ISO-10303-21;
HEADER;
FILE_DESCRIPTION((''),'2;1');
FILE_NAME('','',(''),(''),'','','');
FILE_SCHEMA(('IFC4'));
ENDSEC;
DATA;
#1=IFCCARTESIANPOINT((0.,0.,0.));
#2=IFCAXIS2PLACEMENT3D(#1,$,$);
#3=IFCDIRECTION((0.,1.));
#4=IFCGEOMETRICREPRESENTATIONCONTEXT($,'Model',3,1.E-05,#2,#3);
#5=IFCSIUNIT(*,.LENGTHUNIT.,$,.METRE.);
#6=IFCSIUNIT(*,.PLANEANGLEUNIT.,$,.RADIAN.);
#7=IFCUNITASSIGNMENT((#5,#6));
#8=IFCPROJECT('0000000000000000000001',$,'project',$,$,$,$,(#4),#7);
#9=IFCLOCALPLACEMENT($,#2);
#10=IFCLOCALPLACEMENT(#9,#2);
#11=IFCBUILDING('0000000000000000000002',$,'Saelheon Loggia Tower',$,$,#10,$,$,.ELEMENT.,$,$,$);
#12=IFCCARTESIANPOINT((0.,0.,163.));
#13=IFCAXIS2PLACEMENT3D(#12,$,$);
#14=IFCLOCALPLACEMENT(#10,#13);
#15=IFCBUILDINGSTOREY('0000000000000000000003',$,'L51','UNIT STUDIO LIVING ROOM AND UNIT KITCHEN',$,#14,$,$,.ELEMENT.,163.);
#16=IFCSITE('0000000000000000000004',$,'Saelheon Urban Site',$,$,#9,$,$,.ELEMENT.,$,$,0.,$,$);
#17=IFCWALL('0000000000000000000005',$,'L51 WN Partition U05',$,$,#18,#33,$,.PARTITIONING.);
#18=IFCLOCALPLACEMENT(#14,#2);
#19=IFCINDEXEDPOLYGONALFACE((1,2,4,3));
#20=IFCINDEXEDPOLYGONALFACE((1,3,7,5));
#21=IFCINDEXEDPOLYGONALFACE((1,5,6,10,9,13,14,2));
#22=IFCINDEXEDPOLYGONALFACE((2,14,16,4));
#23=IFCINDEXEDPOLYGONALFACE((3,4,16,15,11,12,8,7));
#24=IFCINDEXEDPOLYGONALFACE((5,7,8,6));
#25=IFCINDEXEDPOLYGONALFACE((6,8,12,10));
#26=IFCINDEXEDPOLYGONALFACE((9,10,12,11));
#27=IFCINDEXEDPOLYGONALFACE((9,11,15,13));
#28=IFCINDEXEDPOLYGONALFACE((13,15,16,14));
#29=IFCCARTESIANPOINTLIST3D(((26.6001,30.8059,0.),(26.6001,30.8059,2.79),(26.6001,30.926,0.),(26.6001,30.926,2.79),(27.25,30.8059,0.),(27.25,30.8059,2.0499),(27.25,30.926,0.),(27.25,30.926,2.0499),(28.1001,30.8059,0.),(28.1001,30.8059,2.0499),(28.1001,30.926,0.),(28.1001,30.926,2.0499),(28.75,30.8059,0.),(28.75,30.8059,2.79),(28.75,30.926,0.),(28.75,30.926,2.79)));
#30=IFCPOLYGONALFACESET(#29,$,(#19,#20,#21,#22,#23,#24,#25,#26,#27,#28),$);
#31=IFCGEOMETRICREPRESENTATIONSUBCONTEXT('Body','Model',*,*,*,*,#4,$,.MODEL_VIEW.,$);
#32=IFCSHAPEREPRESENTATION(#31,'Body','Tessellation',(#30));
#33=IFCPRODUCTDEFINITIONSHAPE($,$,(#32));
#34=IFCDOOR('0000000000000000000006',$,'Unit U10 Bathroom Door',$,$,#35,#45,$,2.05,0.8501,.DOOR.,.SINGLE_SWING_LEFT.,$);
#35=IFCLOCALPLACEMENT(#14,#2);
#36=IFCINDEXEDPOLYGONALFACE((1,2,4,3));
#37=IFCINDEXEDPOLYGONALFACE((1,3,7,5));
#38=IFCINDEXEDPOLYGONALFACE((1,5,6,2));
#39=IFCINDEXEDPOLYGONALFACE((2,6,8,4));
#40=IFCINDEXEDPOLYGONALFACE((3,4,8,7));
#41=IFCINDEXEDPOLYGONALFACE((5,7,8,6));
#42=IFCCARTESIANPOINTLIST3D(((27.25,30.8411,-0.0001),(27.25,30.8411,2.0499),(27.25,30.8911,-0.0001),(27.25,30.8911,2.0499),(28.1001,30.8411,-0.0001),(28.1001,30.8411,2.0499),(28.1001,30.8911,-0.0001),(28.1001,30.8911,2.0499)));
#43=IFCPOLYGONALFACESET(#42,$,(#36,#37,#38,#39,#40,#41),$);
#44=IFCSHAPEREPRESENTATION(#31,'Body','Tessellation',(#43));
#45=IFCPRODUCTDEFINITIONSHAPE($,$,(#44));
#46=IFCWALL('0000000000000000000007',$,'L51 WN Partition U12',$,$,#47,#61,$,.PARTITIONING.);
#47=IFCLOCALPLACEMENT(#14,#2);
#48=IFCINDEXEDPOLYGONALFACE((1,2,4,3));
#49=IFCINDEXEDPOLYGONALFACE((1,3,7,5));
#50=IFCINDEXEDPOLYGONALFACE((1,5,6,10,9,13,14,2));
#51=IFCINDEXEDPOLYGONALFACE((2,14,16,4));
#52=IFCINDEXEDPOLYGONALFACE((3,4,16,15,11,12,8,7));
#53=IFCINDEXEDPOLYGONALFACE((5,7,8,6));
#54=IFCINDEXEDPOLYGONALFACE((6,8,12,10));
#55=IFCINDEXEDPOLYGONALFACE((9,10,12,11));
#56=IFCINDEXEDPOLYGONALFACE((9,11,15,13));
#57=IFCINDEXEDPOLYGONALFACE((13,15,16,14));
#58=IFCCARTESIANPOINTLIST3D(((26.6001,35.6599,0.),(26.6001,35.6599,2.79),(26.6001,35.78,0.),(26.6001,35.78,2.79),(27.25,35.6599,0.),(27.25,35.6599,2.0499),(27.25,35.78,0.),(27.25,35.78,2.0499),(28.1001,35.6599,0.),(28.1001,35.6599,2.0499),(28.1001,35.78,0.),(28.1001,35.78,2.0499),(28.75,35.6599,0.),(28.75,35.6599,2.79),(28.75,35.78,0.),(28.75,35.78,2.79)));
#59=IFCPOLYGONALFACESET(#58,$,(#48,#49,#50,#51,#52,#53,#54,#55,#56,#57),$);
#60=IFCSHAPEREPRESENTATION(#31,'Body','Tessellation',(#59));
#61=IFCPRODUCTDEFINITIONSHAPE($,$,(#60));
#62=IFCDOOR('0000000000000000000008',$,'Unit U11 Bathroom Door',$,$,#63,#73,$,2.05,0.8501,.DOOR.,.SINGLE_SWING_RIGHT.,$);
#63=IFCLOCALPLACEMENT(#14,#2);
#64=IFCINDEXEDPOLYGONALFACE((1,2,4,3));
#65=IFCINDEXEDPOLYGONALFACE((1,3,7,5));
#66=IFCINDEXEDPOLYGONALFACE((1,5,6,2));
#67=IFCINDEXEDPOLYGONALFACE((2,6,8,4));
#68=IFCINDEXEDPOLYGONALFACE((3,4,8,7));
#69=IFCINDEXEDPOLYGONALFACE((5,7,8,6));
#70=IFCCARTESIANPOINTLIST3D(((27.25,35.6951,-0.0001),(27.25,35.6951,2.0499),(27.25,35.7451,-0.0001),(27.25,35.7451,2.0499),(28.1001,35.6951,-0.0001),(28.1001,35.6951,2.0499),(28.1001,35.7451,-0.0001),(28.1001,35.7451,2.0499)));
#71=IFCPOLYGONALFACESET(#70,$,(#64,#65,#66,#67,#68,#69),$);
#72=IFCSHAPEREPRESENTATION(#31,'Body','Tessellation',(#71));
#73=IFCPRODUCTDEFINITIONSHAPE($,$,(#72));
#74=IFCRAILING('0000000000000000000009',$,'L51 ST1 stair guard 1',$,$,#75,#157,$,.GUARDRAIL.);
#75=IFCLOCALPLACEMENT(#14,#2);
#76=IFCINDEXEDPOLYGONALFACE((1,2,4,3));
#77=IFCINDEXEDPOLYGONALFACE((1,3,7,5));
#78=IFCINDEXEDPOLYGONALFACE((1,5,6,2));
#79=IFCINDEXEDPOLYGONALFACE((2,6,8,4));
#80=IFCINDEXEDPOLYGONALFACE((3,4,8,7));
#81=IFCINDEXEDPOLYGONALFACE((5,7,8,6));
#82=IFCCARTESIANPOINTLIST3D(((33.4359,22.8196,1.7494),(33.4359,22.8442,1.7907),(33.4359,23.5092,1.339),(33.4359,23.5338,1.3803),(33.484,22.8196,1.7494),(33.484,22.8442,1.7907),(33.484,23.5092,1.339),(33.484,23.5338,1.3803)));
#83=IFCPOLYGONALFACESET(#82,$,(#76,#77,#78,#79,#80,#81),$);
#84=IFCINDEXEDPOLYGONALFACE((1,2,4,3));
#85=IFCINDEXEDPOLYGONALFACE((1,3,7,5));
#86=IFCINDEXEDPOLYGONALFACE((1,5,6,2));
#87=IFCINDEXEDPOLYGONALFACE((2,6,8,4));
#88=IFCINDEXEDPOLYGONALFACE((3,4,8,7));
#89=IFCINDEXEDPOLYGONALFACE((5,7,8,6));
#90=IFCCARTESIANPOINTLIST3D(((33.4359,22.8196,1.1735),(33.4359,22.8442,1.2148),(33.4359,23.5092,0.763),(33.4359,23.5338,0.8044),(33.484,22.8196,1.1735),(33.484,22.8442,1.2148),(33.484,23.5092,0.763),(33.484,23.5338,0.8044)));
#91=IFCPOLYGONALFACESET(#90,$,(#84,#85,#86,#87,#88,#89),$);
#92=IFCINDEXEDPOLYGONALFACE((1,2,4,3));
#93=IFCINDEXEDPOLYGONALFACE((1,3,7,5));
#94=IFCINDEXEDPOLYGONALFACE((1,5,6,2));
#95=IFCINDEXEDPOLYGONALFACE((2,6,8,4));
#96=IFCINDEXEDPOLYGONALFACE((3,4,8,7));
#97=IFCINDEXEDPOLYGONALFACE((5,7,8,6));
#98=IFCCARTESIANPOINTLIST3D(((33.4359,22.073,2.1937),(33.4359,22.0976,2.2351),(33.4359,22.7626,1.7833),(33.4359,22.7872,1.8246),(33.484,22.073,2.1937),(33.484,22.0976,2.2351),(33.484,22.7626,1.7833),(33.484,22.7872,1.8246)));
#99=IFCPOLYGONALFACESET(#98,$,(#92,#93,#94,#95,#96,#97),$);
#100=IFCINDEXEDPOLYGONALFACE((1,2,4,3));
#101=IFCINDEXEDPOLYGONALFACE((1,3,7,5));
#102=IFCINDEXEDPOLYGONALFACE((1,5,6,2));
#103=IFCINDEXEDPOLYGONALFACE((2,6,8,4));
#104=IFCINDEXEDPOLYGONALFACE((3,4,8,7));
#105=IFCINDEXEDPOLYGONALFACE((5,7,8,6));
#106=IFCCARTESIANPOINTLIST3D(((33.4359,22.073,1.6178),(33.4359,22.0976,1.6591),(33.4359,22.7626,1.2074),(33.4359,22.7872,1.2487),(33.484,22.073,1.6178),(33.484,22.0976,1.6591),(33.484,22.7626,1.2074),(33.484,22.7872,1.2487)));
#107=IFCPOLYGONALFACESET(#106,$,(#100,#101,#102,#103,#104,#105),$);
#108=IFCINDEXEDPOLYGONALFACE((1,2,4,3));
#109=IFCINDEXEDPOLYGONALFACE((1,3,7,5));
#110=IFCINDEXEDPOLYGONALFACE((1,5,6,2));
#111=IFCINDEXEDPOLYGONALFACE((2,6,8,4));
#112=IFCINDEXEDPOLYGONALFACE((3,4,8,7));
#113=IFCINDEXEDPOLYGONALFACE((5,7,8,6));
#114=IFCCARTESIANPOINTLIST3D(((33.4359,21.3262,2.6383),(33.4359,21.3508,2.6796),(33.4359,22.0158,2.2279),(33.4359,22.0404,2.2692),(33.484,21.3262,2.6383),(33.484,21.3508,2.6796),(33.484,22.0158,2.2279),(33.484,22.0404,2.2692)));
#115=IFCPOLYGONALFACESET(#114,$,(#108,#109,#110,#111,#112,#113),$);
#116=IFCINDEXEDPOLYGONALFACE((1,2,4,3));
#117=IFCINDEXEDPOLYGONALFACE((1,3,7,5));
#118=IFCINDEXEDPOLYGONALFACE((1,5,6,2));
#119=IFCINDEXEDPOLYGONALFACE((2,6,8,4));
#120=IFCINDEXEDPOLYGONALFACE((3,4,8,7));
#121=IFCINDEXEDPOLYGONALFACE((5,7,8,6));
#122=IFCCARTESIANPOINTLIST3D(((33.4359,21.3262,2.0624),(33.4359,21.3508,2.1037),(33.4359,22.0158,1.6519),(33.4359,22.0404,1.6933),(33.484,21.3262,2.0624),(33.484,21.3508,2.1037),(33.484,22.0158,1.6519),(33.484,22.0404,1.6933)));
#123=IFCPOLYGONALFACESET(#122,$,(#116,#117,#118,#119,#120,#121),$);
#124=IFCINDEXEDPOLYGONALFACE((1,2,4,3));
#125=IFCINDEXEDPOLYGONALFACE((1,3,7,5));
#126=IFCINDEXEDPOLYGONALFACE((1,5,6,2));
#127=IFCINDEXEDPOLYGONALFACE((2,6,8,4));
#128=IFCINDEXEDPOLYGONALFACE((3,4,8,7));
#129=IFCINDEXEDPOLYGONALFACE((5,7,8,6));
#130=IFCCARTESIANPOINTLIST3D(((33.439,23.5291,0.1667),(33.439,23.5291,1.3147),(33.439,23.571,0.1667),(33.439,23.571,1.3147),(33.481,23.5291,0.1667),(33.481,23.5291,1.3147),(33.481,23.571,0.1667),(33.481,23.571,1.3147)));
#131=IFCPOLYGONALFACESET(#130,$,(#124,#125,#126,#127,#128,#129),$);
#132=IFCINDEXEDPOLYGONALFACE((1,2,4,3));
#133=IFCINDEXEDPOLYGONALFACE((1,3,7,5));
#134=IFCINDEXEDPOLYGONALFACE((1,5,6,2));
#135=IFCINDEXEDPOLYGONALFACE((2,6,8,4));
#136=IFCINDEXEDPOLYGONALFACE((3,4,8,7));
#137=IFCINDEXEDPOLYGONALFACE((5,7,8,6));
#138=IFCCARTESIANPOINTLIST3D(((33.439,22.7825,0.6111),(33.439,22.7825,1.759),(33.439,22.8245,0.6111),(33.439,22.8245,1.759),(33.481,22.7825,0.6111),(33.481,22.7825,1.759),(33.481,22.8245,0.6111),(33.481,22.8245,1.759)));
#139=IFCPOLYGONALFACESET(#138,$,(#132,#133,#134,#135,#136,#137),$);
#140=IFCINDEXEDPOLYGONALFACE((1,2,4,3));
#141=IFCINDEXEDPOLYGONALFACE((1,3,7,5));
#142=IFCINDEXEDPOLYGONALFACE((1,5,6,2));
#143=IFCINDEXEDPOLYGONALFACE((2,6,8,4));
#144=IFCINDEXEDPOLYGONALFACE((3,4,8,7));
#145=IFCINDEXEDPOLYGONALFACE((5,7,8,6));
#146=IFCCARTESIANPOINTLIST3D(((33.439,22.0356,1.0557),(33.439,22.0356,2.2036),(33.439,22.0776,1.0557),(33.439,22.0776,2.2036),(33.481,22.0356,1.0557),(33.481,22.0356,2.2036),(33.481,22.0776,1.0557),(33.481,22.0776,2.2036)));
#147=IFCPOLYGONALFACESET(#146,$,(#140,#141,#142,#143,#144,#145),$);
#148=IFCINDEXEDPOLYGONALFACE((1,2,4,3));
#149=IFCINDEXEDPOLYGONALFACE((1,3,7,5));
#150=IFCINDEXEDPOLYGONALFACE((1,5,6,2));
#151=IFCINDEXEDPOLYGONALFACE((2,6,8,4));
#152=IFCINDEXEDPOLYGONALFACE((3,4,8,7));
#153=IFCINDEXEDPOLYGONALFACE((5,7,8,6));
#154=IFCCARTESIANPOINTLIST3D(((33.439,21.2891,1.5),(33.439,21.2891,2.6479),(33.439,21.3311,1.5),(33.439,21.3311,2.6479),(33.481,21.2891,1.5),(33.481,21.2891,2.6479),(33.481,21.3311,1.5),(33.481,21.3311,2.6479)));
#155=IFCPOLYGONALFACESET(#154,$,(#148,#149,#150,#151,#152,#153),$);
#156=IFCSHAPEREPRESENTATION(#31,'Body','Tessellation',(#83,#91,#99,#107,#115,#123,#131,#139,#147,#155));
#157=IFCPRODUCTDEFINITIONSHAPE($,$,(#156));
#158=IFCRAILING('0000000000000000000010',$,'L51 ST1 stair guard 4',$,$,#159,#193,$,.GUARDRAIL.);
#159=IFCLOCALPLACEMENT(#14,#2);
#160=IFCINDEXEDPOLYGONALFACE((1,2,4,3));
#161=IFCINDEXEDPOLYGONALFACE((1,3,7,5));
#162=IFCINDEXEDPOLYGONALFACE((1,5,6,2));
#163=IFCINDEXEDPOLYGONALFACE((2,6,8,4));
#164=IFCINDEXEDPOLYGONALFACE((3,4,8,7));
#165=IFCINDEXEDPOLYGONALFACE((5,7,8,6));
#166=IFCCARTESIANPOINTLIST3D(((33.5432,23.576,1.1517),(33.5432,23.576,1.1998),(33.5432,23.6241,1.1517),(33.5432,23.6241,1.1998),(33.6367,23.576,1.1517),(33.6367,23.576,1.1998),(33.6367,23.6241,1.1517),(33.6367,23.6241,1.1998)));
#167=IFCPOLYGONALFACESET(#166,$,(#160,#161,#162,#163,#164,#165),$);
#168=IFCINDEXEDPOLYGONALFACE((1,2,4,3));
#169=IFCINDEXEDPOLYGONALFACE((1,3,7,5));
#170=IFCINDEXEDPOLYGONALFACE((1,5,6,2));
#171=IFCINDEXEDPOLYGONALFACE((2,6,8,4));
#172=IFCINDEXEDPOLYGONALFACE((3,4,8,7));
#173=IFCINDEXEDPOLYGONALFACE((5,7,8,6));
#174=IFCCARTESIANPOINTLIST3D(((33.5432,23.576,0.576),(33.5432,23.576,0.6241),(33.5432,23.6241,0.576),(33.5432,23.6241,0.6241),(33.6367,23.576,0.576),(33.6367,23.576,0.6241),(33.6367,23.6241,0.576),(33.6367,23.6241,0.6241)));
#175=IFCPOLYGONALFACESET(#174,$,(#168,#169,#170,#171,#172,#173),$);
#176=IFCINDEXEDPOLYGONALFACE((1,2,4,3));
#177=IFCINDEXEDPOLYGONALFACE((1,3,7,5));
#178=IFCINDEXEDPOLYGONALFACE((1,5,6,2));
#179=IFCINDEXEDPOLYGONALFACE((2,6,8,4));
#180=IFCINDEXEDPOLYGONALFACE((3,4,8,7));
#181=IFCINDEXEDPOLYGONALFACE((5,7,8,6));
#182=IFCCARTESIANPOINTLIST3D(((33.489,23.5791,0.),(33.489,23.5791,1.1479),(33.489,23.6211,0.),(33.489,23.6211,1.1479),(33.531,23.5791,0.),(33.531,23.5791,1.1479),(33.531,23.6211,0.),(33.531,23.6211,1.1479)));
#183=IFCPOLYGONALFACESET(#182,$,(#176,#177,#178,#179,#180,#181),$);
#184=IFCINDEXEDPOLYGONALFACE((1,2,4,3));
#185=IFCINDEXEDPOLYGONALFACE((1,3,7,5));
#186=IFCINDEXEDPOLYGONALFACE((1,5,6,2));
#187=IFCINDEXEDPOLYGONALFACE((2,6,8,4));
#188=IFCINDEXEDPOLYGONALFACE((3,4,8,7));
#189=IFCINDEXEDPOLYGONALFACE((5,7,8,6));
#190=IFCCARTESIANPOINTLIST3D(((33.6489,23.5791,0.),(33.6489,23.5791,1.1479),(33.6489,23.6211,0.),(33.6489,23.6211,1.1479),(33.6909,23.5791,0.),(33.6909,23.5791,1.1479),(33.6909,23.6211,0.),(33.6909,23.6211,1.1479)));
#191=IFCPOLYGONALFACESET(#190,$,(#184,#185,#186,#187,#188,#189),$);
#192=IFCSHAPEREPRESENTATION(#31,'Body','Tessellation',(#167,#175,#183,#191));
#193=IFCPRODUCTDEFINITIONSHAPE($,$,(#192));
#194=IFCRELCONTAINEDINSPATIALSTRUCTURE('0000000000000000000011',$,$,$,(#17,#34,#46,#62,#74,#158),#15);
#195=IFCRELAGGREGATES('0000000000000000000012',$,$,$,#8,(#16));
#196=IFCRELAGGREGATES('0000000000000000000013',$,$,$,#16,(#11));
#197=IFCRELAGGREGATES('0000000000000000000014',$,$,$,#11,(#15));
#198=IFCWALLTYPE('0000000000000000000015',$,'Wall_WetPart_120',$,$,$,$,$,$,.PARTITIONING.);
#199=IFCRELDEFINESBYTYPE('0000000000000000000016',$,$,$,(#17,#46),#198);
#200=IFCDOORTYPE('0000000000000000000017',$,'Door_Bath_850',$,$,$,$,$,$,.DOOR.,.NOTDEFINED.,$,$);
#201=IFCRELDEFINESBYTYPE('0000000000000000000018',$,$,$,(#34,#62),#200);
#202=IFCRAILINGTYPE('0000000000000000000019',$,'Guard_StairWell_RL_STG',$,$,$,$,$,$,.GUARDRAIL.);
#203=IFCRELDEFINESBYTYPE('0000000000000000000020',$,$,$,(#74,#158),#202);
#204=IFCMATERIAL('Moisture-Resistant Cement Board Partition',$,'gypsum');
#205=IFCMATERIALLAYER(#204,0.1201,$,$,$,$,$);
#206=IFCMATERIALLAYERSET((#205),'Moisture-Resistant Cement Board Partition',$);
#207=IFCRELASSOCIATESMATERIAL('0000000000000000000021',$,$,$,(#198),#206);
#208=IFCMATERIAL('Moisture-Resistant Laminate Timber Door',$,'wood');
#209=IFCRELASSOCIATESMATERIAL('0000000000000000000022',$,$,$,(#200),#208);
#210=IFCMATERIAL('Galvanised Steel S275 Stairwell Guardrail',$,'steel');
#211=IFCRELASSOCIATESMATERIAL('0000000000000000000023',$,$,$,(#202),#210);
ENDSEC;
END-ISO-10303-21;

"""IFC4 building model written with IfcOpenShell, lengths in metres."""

from ifc_helpers import new_model, si_unit, direction, frame, frame_2d, origin, origin_2d, place, context, subcontext, project, spatial, rectangle, extrude, source, transform, mapped, material, layer, layer_set, type_object, element, fill, save


model = new_model("IFC4")

# Units and contexts
model_context = context("Model", 3, precision=1e-05, world=origin(), true_north=direction((0.0, 1.0)))
body_context = subcontext(model_context, "Body", "Model", "MODEL_VIEW")
ifc_project = project(units=[si_unit("LENGTHUNIT", "METRE"), si_unit("PLANEANGLEUNIT", "RADIAN")], contexts=[model_context])

# Site, building, storey
site_placement = place(None, origin())
site = spatial("IfcSite", under=ifc_project, at=site_placement, Name="Saelheon Urban Site", CompositionType="ELEMENT", RefElevation=0.0)
building_placement = place(site_placement, origin())
building = spatial("IfcBuilding", under=site, at=building_placement, Name="Saelheon Loggia Tower", CompositionType="ELEMENT")
storey_placement = place(building_placement, frame((0.0, 0.0, 163.0)))
storey = spatial("IfcBuildingStorey", under=building, at=storey_placement, Name="L51", Description="UNIT STUDIO LIVING ROOM AND UNIT KITCHEN", CompositionType="ELEMENT", Elevation=163.0)

# Walls, openings, doors
ifc_material_1 = material(Name="Moisture-Resistant Cement Board Partition", Category="gypsum")
ifc_layer_1 = layer(ifc_material_1, 0.1201)
ifc_layer_set_1 = layer_set([ifc_layer_1], Name="Moisture-Resistant Cement Board Partition")
wall_type_1 = type_object("IfcWallType", Name="Wall_WetPart_120", PredefinedType="PARTITIONING", material=ifc_layer_set_1)
wall_1_placement = place(storey_placement, frame((28.75, 30.866, 0.0), z_axis=(0.0, 0.0, 1.0), x_axis=(-1.0, 0.0, 0.0)))
wall_1 = element("IfcWall", 1, at=wall_1_placement, inside=storey, type_object=wall_type_1, Name="L51 WN Partition U05", PredefinedType="PARTITIONING", context=body_context, shape_type="SweptSolid", body=[
    extrude(rectangle(XDim=2.1499, YDim=0.1201, at=frame_2d((1.075, 0.0))), origin(), (0.0, 0.0, 1.0), 2.79),
])
opening_1_placement = place(wall_1_placement, frame((0.6499, 0.0, 0.0)))
opening_1 = element("IfcOpeningElement", 2, at=opening_1_placement, cuts=wall_1, PredefinedType="OPENING", context=body_context, shape_type="SweptSolid", body=[
    extrude(rectangle(XDim=0.8501, YDim=2.05, at=frame_2d((0.425, 1.0249))), frame((0.0, 0.072, 0.0), z_axis=(0.0, -1.0, 0.0), x_axis=(1.0, 0.0, 0.0)), (0.0, 0.0, 1.0), 0.144),
])
ifc_material_2 = material(Name="Moisture-Resistant Laminate Timber Door", Category="wood")
door_type_1 = type_object("IfcDoorType", Name="Door_Bath_850", OperationType="NOTDEFINED", PredefinedType="DOOR", material=ifc_material_2)
shared_shape_1 = source(origin(), body_context, "Body", "SweptSolid", [
    extrude(rectangle(XDim=0.8501, YDim=2.05, at=frame_2d((0.425, 1.0249))), frame((0.0, 0.0249, 0.0), z_axis=(0.0, -1.0, 0.0), x_axis=(1.0, 0.0, 0.0)), (0.0, 0.0, 1.0), 0.05),
])
door_1_placement = place(opening_1_placement, origin())
door_1 = element("IfcDoor", 3, at=door_1_placement, inside=storey, type_object=door_type_1, Name="Unit U10 Bathroom Door", OperationType="SINGLE_SWING_LEFT", OverallHeight=2.05, OverallWidth=0.8501, PredefinedType="DOOR", context=body_context, shape_type="MappedRepresentation", body=[
    mapped(shared_shape_1, transform((0.0, 0.0, 0.0), scale=1.0)),
])
fill(opening_1, door_1)
wall_2_placement = place(storey_placement, frame((28.75, 35.72, 0.0), z_axis=(0.0, 0.0, 1.0), x_axis=(-1.0, 0.0, 0.0)))
wall_2 = element("IfcWall", 4, at=wall_2_placement, inside=storey, type_object=wall_type_1, Name="L51 WN Partition U12", PredefinedType="PARTITIONING", context=body_context, shape_type="SweptSolid", body=[
    extrude(rectangle(XDim=2.1499, YDim=0.1201, at=frame_2d((1.075, 0.0))), origin(), (0.0, 0.0, 1.0), 2.79),
])
opening_2_placement = place(wall_2_placement, frame((0.6499, 0.0, 0.0)))
opening_2 = element("IfcOpeningElement", 5, at=opening_2_placement, cuts=wall_2, PredefinedType="OPENING", context=body_context, shape_type="SweptSolid", body=[
    extrude(rectangle(XDim=0.8501, YDim=2.05, at=frame_2d((0.425, 1.0249))), frame((0.0, 0.072, 0.0), z_axis=(0.0, -1.0, 0.0), x_axis=(1.0, 0.0, 0.0)), (0.0, 0.0, 1.0), 0.144),
])
door_2_placement = place(opening_2_placement, origin())
door_2 = element("IfcDoor", 6, at=door_2_placement, inside=storey, type_object=door_type_1, Name="Unit U11 Bathroom Door", OperationType="SINGLE_SWING_RIGHT", OverallHeight=2.05, OverallWidth=0.8501, PredefinedType="DOOR", context=body_context, shape_type="MappedRepresentation", body=[
    mapped(shared_shape_1, transform((0.0, 0.0, 0.0), scale=1.0)),
])
fill(opening_2, door_2)

# Railings
ifc_material_3 = material(Name="Galvanised Steel S275 Stairwell Guardrail", Category="steel")
railing_type_1 = type_object("IfcRailingType", Name="Guard_StairWell_RL_STG", PredefinedType="GUARDRAIL", material=ifc_material_3)
railing_1_placement = place(storey_placement, frame((33.46, 23.55, 0.1667)))
element("IfcRailing", 7, at=railing_1_placement, inside=storey, type_object=railing_type_1, Name="L51 ST1 stair guard 1", PredefinedType="GUARDRAIL", context=body_context, shape_type="SweptSolid", body=[
    extrude(rectangle(XDim=0.0481, YDim=0.0481, at=origin_2d()), frame((0.0, -0.0286, 1.1929), z_axis=(0.0, -0.859306, 0.511462), x_axis=(1.0, 0.0, 0.0)), (0.0, 0.0, 1.0), 0.8025),
    extrude(rectangle(XDim=0.0481, YDim=0.0481, at=origin_2d()), frame((0.0, -0.0286, 0.6169), z_axis=(0.0, -0.859306, 0.511462), x_axis=(1.0, 0.0, 0.0)), (0.0, 0.0, 1.0), 0.8025),
    extrude(rectangle(XDim=0.0481, YDim=0.0481, at=origin_2d()), frame((0.0, -0.7751, 1.6372), z_axis=(0.0, -0.859306, 0.511462), x_axis=(1.0, 0.0, 0.0)), (0.0, 0.0, 1.0), 0.8025),
    extrude(rectangle(XDim=0.0481, YDim=0.0481, at=origin_2d()), frame((0.0, -0.7751, 1.0613), z_axis=(0.0, -0.859306, 0.511462), x_axis=(1.0, 0.0, 0.0)), (0.0, 0.0, 1.0), 0.8025),
    extrude(rectangle(XDim=0.0481, YDim=0.0481, at=origin_2d()), frame((0.0, -1.522, 2.0818), z_axis=(0.0, -0.859306, 0.511462), x_axis=(1.0, 0.0, 0.0)), (0.0, 0.0, 1.0), 0.8025),
    extrude(rectangle(XDim=0.0481, YDim=0.0481, at=origin_2d()), frame((0.0, -1.522, 1.5059), z_axis=(0.0, -0.859306, 0.511462), x_axis=(1.0, 0.0, 0.0)), (0.0, 0.0, 1.0), 0.8025),
    extrude(rectangle(XDim=0.042, YDim=0.042, at=origin_2d()), origin(), (0.0, 0.0, 1.0), 1.1479),
    extrude(rectangle(XDim=0.042, YDim=0.042, at=origin_2d()), frame((0.0, -0.7466, 0.4443)), (0.0, 0.0, 1.0), 1.1479),
    extrude(rectangle(XDim=0.042, YDim=0.042, at=origin_2d()), frame((0.0, -1.4934, 0.8889)), (0.0, 0.0, 1.0), 1.1479),
    extrude(rectangle(XDim=0.042, YDim=0.042, at=origin_2d()), frame((0.0, -2.24, 1.3333)), (0.0, 0.0, 1.0), 1.1479),
])
railing_2_placement = place(storey_placement, frame((33.51, 23.6001, 0.0)))
element("IfcRailing", 8, at=railing_2_placement, inside=storey, type_object=railing_type_1, Name="L51 ST1 stair guard 4", PredefinedType="GUARDRAIL", context=body_context, shape_type="SweptSolid", body=[
    extrude(rectangle(XDim=0.0481, YDim=0.0481, at=origin_2d()), frame((0.0332, 0.0, 1.1758), z_axis=(1.0, 0.0, 0.0), x_axis=(0.0, 1.0, 0.0)), (0.0, 0.0, 1.0), 0.0935),
    extrude(rectangle(XDim=0.0481, YDim=0.0481, at=origin_2d()), frame((0.0332, 0.0, 0.6001), z_axis=(1.0, 0.0, 0.0), x_axis=(0.0, 1.0, 0.0)), (0.0, 0.0, 1.0), 0.0935),
    extrude(rectangle(XDim=0.042, YDim=0.042, at=origin_2d()), origin(), (0.0, 0.0, 1.0), 1.1479),
    extrude(rectangle(XDim=0.042, YDim=0.042, at=origin_2d()), frame((0.1599, 0.0, 0.0)), (0.0, 0.0, 1.0), 1.1479),
])

save(model, "model.ifc")
